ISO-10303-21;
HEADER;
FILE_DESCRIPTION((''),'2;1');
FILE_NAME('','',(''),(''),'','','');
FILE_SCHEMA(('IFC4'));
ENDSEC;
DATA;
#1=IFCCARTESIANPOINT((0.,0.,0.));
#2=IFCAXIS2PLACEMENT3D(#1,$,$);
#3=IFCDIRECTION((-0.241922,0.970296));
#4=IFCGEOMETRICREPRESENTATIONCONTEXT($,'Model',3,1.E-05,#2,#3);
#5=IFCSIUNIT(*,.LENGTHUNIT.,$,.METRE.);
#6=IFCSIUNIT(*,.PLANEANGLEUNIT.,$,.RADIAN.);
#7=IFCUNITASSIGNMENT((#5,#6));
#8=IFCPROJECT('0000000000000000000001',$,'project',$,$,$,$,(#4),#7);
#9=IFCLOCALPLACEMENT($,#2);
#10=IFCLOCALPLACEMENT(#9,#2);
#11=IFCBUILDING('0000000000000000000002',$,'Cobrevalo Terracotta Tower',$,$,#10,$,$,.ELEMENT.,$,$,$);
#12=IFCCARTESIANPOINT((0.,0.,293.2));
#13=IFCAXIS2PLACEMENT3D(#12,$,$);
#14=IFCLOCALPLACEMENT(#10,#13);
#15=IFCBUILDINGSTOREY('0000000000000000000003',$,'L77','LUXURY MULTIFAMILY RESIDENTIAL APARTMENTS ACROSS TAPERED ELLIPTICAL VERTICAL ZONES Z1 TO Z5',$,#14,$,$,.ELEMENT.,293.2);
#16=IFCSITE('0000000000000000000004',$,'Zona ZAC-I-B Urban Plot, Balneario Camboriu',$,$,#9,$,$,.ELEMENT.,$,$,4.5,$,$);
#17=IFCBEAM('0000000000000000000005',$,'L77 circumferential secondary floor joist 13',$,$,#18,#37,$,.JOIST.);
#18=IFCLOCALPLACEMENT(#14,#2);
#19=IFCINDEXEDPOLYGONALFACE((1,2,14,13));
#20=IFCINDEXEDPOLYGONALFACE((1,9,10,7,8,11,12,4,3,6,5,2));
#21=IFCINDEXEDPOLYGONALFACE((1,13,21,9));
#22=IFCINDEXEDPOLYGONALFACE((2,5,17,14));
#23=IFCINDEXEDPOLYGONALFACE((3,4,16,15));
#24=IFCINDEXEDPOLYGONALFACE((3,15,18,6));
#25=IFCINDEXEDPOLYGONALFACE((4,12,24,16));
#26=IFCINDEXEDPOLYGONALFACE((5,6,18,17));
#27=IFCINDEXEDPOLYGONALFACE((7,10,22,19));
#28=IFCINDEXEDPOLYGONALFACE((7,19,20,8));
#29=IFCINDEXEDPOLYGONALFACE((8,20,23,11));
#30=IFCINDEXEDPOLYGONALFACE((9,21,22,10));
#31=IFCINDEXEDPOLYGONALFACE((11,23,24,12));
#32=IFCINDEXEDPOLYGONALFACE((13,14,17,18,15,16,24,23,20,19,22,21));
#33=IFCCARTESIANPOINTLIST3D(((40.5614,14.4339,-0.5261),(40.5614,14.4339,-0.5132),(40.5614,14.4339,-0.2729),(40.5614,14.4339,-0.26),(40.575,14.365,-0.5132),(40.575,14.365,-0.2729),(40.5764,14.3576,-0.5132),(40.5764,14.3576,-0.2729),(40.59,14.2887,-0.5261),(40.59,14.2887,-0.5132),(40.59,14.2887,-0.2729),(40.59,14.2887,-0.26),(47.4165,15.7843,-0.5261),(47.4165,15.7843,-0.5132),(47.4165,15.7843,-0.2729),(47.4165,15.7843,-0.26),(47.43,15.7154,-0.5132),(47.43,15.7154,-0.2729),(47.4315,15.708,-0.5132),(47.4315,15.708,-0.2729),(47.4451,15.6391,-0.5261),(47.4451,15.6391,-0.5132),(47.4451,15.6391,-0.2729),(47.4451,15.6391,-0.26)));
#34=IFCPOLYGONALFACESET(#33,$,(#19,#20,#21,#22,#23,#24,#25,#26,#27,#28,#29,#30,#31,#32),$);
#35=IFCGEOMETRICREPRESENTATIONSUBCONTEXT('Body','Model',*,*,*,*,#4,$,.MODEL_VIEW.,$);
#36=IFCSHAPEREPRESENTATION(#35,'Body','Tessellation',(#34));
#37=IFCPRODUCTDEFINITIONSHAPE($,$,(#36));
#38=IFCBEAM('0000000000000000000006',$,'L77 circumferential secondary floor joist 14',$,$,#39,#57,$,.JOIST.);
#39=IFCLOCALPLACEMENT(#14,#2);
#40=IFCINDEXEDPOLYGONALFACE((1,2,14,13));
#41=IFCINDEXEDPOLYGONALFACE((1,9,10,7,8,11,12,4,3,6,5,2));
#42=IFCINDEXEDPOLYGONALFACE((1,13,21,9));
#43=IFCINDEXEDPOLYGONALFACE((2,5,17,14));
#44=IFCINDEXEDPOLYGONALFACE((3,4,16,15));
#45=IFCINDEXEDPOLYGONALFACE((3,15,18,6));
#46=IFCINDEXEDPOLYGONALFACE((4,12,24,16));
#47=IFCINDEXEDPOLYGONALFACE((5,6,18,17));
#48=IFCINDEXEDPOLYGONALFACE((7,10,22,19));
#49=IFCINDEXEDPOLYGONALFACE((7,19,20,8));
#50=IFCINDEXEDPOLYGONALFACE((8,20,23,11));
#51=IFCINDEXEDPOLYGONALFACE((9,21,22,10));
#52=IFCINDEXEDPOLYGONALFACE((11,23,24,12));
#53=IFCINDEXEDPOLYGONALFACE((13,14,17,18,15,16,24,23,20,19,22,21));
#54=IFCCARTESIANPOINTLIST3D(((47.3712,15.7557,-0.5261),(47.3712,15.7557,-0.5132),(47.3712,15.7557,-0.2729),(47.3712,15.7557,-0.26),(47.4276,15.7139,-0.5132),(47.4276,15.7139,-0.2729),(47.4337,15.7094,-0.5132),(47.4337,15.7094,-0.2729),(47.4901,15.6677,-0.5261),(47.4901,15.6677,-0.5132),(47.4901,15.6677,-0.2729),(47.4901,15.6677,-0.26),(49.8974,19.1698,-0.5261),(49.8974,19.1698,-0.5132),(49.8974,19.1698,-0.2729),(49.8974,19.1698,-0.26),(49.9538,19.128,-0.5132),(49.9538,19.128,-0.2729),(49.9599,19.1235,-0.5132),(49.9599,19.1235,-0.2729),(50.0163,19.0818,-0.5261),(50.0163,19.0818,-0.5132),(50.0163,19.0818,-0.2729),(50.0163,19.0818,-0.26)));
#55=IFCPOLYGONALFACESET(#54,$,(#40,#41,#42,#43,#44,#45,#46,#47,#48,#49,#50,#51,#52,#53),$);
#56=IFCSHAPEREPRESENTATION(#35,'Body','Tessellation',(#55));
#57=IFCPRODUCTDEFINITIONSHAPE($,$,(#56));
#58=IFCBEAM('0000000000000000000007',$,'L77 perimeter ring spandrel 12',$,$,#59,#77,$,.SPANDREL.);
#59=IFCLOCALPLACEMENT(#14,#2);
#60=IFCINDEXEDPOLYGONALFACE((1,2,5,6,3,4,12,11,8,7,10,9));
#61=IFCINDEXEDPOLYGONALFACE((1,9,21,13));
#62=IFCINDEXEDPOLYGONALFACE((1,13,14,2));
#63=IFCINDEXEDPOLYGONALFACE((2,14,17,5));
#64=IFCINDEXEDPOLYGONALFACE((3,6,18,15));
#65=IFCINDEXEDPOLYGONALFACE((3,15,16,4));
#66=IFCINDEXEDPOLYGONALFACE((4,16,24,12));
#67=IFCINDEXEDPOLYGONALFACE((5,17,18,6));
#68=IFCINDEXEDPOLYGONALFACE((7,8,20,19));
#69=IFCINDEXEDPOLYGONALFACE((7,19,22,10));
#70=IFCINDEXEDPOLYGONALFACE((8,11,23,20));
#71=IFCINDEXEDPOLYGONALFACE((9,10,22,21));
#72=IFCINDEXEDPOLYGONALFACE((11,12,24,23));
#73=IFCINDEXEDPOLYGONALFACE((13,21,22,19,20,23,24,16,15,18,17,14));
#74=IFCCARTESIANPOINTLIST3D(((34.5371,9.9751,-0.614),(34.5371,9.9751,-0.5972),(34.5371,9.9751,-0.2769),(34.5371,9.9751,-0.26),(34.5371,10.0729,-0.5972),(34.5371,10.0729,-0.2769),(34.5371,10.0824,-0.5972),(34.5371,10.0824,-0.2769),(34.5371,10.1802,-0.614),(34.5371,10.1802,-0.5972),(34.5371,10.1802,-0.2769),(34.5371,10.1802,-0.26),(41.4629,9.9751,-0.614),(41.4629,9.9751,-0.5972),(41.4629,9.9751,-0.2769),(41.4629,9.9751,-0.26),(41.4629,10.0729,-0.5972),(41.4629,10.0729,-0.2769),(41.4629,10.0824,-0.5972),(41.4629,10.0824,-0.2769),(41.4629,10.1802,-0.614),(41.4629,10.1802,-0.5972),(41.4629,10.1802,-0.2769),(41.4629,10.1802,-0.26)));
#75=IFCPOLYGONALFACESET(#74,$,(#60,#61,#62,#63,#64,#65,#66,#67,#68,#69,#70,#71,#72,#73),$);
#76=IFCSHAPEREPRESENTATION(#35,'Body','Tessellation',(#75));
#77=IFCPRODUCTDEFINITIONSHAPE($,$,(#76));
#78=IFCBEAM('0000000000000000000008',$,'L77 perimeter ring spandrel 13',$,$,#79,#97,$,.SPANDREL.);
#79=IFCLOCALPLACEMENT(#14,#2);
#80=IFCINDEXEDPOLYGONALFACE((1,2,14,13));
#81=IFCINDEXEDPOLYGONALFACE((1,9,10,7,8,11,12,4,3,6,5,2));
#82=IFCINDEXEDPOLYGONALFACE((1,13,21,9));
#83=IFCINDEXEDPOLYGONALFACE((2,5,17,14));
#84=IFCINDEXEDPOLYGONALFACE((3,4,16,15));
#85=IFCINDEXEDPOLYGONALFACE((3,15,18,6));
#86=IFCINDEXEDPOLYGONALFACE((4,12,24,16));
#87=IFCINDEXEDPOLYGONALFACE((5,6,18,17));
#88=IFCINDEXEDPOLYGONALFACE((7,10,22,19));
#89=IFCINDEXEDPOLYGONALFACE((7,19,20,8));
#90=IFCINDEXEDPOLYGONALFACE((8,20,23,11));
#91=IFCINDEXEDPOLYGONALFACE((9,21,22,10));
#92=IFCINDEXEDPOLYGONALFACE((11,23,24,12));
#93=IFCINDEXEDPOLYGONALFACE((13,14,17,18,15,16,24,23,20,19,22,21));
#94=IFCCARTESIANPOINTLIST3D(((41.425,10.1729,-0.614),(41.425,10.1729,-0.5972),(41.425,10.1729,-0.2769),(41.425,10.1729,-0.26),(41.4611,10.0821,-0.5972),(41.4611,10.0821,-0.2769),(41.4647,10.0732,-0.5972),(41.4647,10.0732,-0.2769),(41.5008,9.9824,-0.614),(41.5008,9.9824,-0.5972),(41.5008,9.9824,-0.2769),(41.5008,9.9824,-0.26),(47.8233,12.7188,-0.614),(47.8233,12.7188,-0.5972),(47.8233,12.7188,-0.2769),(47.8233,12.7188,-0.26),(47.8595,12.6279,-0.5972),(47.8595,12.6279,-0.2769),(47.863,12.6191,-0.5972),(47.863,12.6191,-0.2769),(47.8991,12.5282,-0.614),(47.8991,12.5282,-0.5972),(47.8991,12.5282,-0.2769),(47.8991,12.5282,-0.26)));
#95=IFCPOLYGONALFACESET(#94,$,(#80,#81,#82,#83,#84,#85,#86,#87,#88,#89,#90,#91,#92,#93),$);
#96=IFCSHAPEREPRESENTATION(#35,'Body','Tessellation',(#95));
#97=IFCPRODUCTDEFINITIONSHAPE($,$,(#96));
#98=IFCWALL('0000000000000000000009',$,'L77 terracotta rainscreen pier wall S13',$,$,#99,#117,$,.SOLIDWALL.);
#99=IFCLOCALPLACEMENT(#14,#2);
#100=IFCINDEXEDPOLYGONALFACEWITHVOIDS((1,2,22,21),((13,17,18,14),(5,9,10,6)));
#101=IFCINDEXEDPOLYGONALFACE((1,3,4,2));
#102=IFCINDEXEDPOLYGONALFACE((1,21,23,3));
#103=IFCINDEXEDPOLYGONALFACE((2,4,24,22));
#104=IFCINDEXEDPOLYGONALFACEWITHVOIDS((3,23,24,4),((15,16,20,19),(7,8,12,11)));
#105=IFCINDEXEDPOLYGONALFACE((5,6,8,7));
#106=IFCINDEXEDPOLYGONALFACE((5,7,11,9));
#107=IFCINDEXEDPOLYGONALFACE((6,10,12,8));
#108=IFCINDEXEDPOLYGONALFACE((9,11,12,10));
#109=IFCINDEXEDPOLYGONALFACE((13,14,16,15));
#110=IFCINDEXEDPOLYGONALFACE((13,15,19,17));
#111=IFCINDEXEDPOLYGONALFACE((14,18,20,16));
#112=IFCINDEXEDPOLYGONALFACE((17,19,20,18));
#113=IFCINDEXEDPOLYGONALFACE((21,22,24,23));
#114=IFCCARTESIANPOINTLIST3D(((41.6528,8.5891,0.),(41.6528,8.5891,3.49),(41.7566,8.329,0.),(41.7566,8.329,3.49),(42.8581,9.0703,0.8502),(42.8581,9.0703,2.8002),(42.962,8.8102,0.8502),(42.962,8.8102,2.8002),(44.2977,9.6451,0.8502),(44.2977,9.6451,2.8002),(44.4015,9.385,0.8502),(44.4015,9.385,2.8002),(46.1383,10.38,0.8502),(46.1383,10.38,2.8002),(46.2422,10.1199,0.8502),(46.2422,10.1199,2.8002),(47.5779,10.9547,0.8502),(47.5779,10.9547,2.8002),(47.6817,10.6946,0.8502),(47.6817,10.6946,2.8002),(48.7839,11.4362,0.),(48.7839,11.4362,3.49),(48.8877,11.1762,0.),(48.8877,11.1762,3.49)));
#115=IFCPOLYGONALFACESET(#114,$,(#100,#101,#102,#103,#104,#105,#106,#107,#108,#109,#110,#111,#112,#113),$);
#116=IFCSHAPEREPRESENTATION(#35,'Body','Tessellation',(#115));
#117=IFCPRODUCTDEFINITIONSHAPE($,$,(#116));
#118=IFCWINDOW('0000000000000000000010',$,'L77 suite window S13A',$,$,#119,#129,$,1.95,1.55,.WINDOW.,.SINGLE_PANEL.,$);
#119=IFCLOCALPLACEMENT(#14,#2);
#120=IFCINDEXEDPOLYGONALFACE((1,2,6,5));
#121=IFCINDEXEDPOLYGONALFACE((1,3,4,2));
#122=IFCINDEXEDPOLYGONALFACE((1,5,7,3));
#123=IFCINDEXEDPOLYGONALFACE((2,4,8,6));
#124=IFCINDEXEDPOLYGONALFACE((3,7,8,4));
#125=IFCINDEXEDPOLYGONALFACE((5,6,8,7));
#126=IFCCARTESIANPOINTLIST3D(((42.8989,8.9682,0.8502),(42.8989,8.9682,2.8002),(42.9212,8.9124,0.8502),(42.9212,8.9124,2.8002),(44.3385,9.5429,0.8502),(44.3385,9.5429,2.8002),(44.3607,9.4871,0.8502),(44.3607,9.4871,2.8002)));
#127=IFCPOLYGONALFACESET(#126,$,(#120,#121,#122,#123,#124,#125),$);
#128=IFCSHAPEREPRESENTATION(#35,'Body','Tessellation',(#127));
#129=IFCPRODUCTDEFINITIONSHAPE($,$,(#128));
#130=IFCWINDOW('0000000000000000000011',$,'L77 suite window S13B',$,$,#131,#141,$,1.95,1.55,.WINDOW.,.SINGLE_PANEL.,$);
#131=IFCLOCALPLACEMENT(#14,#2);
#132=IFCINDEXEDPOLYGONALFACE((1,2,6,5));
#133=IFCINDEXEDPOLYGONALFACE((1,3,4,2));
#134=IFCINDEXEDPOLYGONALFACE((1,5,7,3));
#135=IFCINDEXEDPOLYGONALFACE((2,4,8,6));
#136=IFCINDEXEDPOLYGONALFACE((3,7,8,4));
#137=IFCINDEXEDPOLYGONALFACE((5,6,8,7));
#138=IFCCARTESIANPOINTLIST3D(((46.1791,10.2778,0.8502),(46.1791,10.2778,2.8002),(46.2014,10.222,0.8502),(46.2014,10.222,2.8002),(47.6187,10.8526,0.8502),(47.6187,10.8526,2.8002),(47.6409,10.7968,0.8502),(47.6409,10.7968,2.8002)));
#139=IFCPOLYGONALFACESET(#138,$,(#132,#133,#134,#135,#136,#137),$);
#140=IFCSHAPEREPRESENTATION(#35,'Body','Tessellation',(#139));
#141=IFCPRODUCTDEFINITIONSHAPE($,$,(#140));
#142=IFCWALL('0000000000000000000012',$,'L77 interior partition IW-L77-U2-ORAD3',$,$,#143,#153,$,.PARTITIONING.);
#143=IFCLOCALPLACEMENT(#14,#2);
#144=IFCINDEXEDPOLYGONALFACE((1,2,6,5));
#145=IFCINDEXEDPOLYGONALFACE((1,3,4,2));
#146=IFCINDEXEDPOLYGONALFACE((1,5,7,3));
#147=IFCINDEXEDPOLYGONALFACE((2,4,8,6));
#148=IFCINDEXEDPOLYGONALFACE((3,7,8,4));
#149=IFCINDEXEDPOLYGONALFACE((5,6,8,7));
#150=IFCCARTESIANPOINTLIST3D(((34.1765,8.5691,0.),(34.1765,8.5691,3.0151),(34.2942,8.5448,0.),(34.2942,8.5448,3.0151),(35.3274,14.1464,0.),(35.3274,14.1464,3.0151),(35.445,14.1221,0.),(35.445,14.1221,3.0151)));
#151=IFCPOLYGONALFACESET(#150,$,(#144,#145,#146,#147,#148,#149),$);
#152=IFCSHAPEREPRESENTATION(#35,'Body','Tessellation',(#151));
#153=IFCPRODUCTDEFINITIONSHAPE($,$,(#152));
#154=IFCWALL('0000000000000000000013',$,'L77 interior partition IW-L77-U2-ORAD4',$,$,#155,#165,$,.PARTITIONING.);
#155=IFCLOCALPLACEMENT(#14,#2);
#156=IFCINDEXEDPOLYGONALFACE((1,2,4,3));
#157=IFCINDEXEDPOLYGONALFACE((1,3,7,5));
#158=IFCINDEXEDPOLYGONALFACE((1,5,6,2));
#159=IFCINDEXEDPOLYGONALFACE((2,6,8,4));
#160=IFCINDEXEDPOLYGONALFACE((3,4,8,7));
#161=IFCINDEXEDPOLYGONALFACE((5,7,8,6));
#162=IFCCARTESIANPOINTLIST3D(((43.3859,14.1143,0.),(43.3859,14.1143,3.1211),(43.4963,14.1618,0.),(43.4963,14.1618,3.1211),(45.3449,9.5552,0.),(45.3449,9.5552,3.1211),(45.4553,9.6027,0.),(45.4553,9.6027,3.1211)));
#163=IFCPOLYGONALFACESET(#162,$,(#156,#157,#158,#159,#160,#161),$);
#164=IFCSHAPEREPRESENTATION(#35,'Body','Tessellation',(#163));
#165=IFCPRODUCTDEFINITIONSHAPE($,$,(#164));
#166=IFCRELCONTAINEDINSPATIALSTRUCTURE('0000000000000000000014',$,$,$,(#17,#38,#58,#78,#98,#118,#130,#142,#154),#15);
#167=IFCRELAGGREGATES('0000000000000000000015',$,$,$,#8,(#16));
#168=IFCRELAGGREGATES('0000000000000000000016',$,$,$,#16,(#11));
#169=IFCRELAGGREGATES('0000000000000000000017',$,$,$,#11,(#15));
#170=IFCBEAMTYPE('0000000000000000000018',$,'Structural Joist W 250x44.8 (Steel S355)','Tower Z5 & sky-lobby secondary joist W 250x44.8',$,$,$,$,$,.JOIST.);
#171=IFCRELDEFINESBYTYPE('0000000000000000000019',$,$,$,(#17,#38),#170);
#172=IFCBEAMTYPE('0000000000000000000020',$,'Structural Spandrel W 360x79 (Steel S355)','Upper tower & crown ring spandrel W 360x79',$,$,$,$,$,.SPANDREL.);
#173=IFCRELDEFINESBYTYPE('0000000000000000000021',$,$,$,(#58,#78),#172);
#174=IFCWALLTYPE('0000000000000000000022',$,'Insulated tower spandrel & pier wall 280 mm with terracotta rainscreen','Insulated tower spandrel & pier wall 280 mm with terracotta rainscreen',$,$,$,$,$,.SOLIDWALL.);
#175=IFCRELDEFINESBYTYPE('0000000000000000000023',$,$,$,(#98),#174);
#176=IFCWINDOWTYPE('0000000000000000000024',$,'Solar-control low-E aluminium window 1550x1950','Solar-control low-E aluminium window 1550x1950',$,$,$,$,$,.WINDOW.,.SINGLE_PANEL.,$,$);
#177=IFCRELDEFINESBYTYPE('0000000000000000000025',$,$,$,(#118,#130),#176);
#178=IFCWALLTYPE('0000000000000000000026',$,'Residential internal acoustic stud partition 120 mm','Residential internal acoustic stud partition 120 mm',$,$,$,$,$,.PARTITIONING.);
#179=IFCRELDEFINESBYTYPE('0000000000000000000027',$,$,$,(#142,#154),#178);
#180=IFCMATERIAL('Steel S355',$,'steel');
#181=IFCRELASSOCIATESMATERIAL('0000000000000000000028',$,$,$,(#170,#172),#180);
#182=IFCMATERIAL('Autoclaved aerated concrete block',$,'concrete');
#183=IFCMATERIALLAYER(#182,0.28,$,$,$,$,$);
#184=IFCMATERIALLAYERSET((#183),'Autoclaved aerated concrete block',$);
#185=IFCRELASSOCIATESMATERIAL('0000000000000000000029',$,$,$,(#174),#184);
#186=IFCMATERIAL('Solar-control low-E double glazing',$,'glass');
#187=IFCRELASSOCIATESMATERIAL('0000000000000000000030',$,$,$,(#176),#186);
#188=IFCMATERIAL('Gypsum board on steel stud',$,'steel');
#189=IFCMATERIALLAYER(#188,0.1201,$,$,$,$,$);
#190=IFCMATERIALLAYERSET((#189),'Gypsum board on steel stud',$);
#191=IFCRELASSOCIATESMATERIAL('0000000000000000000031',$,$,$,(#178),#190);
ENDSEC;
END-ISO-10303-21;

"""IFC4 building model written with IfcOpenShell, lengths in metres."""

from ifc_helpers import new_model, si_unit, direction, frame, frame_2d, origin, origin_2d, place, context, subcontext, project, spatial, rectangle, i_section, extrude, source, transform, mapped, material, layer, layer_set, material_profile, profile_set, type_object, element, fill, save


model = new_model("IFC4")

# Units and contexts
model_context = context("Model", 3, precision=1e-05, world=origin(), true_north=direction((-0.241922, 0.970296)))
body_context = subcontext(model_context, "Body", "Model", "MODEL_VIEW")
ifc_project = project(units=[si_unit("LENGTHUNIT", "METRE"), si_unit("PLANEANGLEUNIT", "RADIAN")], contexts=[model_context])

# Site, building, storey
site_placement = place(None, origin())
site = spatial("IfcSite", under=ifc_project, at=site_placement, Name="Zona ZAC-I-B Urban Plot, Balneario Camboriu", CompositionType="ELEMENT", RefElevation=4.5)
building_placement = place(site_placement, origin())
building = spatial("IfcBuilding", under=site, at=building_placement, Name="Cobrevalo Terracotta Tower", CompositionType="ELEMENT")
storey_placement = place(building_placement, frame((0.0, 0.0, 293.2)))
storey = spatial("IfcBuildingStorey", under=building, at=storey_placement, Name="L77", Description="LUXURY MULTIFAMILY RESIDENTIAL APARTMENTS ACROSS TAPERED ELLIPTICAL VERTICAL ZONES Z1 TO Z5", CompositionType="ELEMENT", Elevation=293.2)

# Shared definitions
ifc_material_1 = material(Name="Steel S355", Category="steel")

# Beams
ifc_material_profile_1 = material_profile(ifc_material_1, i_section(OverallWidth=0.1479, OverallDepth=0.2661, WebThickness=0.0076, FlangeThickness=0.0129, at=origin_2d()), Name="W 250x44.8")
ifc_profile_set_1 = profile_set([ifc_material_profile_1], Name="Steel S355")
beam_type_1 = type_object("IfcBeamType", Name="Structural Joist W 250x44.8 (Steel S355)", Description="Tower Z5 & sky-lobby secondary joist W 250x44.8", PredefinedType="JOIST", material=ifc_profile_set_1)
beam_1_placement = place(storey_placement, frame((40.5757, 14.3613, -0.3931), z_axis=(0.981145, 0.193273, 0.0), x_axis=(-0.193273, 0.981145, 0.0)))
element("IfcBeam", 1, at=beam_1_placement, inside=storey, type_object=beam_type_1, Name="L77 circumferential secondary floor joist 13", PredefinedType="JOIST", context=body_context, shape_type="SweptSolid", body=[
    extrude(i_section(OverallWidth=0.1479, OverallDepth=0.2661, WebThickness=0.0076, FlangeThickness=0.0129, at=origin_2d()), origin(), (0.0, 0.0, 1.0), 6.9868),
])
beam_2_placement = place(storey_placement, frame((47.4307, 15.7117, -0.3931), z_axis=(0.5948, 0.803874, 0.0), x_axis=(-0.803874, 0.5948, 0.0)))
element("IfcBeam", 2, at=beam_2_placement, inside=storey, type_object=beam_type_1, Name="L77 circumferential secondary floor joist 14", PredefinedType="JOIST", context=body_context, shape_type="SweptSolid", body=[
    extrude(i_section(OverallWidth=0.1479, OverallDepth=0.2661, WebThickness=0.0076, FlangeThickness=0.0129, at=origin_2d()), origin(), (0.0, 0.0, 1.0), 4.2471),
])
ifc_material_profile_2 = material_profile(ifc_material_1, i_section(OverallWidth=0.2051, OverallDepth=0.354, WebThickness=0.0095, FlangeThickness=0.0168, at=origin_2d()), Name="W 360x79")
ifc_profile_set_2 = profile_set([ifc_material_profile_2], Name="Steel S355")
beam_type_2 = type_object("IfcBeamType", Name="Structural Spandrel W 360x79 (Steel S355)", Description="Upper tower & crown ring spandrel W 360x79", PredefinedType="SPANDREL", material=ifc_profile_set_2)
beam_3_placement = place(storey_placement, frame((34.5371, 10.0776, -0.437), z_axis=(1.0, 0.0, 0.0), x_axis=(0.0, 1.0, 0.0)))
element("IfcBeam", 3, at=beam_3_placement, inside=storey, type_object=beam_type_2, Name="L77 perimeter ring spandrel 12", PredefinedType="SPANDREL", context=body_context, shape_type="SweptSolid", body=[
    extrude(i_section(OverallWidth=0.2051, OverallDepth=0.354, WebThickness=0.0095, FlangeThickness=0.0168, at=origin_2d()), origin(), (0.0, 0.0, 1.0), 6.9258),
])
beam_4_placement = place(storey_placement, frame((41.4629, 10.0776, -0.437), z_axis=(0.92915, 0.369703, 0.0), x_axis=(-0.369703, 0.92915, 0.0)))
element("IfcBeam", 4, at=beam_4_placement, inside=storey, type_object=beam_type_2, Name="L77 perimeter ring spandrel 13", PredefinedType="SPANDREL", context=body_context, shape_type="SweptSolid", body=[
    extrude(i_section(OverallWidth=0.2051, OverallDepth=0.354, WebThickness=0.0095, FlangeThickness=0.0168, at=origin_2d()), origin(), (0.0, 0.0, 1.0), 6.8862),
])

# Wall, openings, windows
ifc_material_2 = material(Name="Autoclaved aerated concrete block", Category="concrete")
ifc_layer_1 = layer(ifc_material_2, 0.28)
ifc_layer_set_1 = layer_set([ifc_layer_1], Name="Autoclaved aerated concrete block")
wall_type_1 = type_object("IfcWallType", Name="Insulated tower spandrel & pier wall 280 mm with terracotta rainscreen", Description="Insulated tower spandrel & pier wall 280 mm with terracotta rainscreen", PredefinedType="SOLIDWALL", material=ifc_layer_set_1)
wall_1_placement = place(storey_placement, frame((41.7046, 8.459, 0.0), z_axis=(0.0, 0.0, 1.0), x_axis=(0.928713, 0.370799, 0.0)))
wall_1 = element("IfcWall", 5, at=wall_1_placement, inside=storey, type_object=wall_type_1, Name="L77 terracotta rainscreen pier wall S13", PredefinedType="SOLIDWALL", context=body_context, shape_type="SweptSolid", body=[
    extrude(rectangle(XDim=7.6785, YDim=0.28, at=frame_2d((3.8394, 0.0))), origin(), (0.0, 0.0, 1.0), 3.49),
])
opening_1_placement = place(wall_1_placement, frame((1.2981, 0.0, 0.8501)))
opening_1 = element("IfcOpeningElement", 6, at=opening_1_placement, cuts=wall_1, PredefinedType="OPENING", context=body_context, shape_type="SweptSolid", body=[
    extrude(rectangle(XDim=1.55, YDim=1.95, at=frame_2d((0.7749, 0.9751))), frame((0.0, 0.1499, 0.0), z_axis=(0.0, -1.0, 0.0), x_axis=(1.0, 0.0, 0.0)), (0.0, 0.0, 1.0), 0.3),
])
opening_2_placement = place(wall_1_placement, frame((4.8301, 0.0, 0.8501)))
opening_2 = element("IfcOpeningElement", 7, at=opening_2_placement, cuts=wall_1, PredefinedType="OPENING", context=body_context, shape_type="SweptSolid", body=[
    extrude(rectangle(XDim=1.55, YDim=1.95, at=frame_2d((0.7749, 0.9751))), frame((0.0, 0.1499, 0.0), z_axis=(0.0, -1.0, 0.0), x_axis=(1.0, 0.0, 0.0)), (0.0, 0.0, 1.0), 0.3),
])
ifc_material_3 = material(Name="Solar-control low-E double glazing", Category="glass")
window_type = type_object("IfcWindowType", Name="Solar-control low-E aluminium window 1550x1950", Description="Solar-control low-E aluminium window 1550x1950", PartitioningType="SINGLE_PANEL", PredefinedType="WINDOW", material=ifc_material_3)
shared_shape_1 = source(origin(), body_context, "Body", "SweptSolid", [
    extrude(rectangle(XDim=1.55, YDim=1.95, at=frame_2d((0.7749, 0.9751))), frame((0.0, 0.03, 0.0), z_axis=(0.0, -1.0, 0.0), x_axis=(1.0, 0.0, 0.0)), (0.0, 0.0, 1.0), 0.0601),
])
window_1_placement = place(opening_1_placement, origin())
window_1 = element("IfcWindow", 8, at=window_1_placement, inside=storey, type_object=window_type, Name="L77 suite window S13A", OverallHeight=1.95, OverallWidth=1.55, PartitioningType="SINGLE_PANEL", PredefinedType="WINDOW", context=body_context, shape_type="MappedRepresentation", body=[
    mapped(shared_shape_1, transform((0.0, 0.0, 0.0), scale=1.0)),
])
fill(opening_1, window_1)
window_2_placement = place(opening_2_placement, origin())
window_2 = element("IfcWindow", 9, at=window_2_placement, inside=storey, type_object=window_type, Name="L77 suite window S13B", OverallHeight=1.95, OverallWidth=1.55, PartitioningType="SINGLE_PANEL", PredefinedType="WINDOW", context=body_context, shape_type="MappedRepresentation", body=[
    mapped(shared_shape_1, transform((0.0, 0.0, 0.0), scale=1.0)),
])
fill(opening_2, window_2)

# Walls
ifc_material_4 = material(Name="Gypsum board on steel stud", Category="steel")
ifc_layer_2 = layer(ifc_material_4, 0.1201)
ifc_layer_set_2 = layer_set([ifc_layer_2], Name="Gypsum board on steel stud")
wall_type_2 = type_object("IfcWallType", Name="Residential internal acoustic stud partition 120 mm", Description="Residential internal acoustic stud partition 120 mm", PredefinedType="PARTITIONING", material=ifc_layer_set_2)
wall_2_placement = place(storey_placement, frame((35.3862, 14.1343, 0.0), z_axis=(0.0, 0.0, 1.0), x_axis=(-0.20209, -0.979367, 0.0)))
element("IfcWall", 10, at=wall_2_placement, inside=storey, type_object=wall_type_2, Name="L77 interior partition IW-L77-U2-ORAD3", PredefinedType="PARTITIONING", context=body_context, shape_type="SweptSolid", body=[
    extrude(rectangle(XDim=5.6948, YDim=0.1201, at=frame_2d((2.8474, 0.0))), origin(), (0.0, 0.0, 1.0), 3.0151),
])
wall_3_placement = place(storey_placement, frame((43.4412, 14.1379, 0.0), z_axis=(0.0, 0.0, 1.0), x_axis=(0.394786, -0.918773, 0.0)))
element("IfcWall", 11, at=wall_3_placement, inside=storey, type_object=wall_type_2, Name="L77 interior partition IW-L77-U2-ORAD4", PredefinedType="PARTITIONING", context=body_context, shape_type="SweptSolid", body=[
    extrude(rectangle(XDim=4.9622, YDim=0.1201, at=frame_2d((2.481, 0.0))), origin(), (0.0, 0.0, 1.0), 3.1211),
])

save(model, "model.ifc")
